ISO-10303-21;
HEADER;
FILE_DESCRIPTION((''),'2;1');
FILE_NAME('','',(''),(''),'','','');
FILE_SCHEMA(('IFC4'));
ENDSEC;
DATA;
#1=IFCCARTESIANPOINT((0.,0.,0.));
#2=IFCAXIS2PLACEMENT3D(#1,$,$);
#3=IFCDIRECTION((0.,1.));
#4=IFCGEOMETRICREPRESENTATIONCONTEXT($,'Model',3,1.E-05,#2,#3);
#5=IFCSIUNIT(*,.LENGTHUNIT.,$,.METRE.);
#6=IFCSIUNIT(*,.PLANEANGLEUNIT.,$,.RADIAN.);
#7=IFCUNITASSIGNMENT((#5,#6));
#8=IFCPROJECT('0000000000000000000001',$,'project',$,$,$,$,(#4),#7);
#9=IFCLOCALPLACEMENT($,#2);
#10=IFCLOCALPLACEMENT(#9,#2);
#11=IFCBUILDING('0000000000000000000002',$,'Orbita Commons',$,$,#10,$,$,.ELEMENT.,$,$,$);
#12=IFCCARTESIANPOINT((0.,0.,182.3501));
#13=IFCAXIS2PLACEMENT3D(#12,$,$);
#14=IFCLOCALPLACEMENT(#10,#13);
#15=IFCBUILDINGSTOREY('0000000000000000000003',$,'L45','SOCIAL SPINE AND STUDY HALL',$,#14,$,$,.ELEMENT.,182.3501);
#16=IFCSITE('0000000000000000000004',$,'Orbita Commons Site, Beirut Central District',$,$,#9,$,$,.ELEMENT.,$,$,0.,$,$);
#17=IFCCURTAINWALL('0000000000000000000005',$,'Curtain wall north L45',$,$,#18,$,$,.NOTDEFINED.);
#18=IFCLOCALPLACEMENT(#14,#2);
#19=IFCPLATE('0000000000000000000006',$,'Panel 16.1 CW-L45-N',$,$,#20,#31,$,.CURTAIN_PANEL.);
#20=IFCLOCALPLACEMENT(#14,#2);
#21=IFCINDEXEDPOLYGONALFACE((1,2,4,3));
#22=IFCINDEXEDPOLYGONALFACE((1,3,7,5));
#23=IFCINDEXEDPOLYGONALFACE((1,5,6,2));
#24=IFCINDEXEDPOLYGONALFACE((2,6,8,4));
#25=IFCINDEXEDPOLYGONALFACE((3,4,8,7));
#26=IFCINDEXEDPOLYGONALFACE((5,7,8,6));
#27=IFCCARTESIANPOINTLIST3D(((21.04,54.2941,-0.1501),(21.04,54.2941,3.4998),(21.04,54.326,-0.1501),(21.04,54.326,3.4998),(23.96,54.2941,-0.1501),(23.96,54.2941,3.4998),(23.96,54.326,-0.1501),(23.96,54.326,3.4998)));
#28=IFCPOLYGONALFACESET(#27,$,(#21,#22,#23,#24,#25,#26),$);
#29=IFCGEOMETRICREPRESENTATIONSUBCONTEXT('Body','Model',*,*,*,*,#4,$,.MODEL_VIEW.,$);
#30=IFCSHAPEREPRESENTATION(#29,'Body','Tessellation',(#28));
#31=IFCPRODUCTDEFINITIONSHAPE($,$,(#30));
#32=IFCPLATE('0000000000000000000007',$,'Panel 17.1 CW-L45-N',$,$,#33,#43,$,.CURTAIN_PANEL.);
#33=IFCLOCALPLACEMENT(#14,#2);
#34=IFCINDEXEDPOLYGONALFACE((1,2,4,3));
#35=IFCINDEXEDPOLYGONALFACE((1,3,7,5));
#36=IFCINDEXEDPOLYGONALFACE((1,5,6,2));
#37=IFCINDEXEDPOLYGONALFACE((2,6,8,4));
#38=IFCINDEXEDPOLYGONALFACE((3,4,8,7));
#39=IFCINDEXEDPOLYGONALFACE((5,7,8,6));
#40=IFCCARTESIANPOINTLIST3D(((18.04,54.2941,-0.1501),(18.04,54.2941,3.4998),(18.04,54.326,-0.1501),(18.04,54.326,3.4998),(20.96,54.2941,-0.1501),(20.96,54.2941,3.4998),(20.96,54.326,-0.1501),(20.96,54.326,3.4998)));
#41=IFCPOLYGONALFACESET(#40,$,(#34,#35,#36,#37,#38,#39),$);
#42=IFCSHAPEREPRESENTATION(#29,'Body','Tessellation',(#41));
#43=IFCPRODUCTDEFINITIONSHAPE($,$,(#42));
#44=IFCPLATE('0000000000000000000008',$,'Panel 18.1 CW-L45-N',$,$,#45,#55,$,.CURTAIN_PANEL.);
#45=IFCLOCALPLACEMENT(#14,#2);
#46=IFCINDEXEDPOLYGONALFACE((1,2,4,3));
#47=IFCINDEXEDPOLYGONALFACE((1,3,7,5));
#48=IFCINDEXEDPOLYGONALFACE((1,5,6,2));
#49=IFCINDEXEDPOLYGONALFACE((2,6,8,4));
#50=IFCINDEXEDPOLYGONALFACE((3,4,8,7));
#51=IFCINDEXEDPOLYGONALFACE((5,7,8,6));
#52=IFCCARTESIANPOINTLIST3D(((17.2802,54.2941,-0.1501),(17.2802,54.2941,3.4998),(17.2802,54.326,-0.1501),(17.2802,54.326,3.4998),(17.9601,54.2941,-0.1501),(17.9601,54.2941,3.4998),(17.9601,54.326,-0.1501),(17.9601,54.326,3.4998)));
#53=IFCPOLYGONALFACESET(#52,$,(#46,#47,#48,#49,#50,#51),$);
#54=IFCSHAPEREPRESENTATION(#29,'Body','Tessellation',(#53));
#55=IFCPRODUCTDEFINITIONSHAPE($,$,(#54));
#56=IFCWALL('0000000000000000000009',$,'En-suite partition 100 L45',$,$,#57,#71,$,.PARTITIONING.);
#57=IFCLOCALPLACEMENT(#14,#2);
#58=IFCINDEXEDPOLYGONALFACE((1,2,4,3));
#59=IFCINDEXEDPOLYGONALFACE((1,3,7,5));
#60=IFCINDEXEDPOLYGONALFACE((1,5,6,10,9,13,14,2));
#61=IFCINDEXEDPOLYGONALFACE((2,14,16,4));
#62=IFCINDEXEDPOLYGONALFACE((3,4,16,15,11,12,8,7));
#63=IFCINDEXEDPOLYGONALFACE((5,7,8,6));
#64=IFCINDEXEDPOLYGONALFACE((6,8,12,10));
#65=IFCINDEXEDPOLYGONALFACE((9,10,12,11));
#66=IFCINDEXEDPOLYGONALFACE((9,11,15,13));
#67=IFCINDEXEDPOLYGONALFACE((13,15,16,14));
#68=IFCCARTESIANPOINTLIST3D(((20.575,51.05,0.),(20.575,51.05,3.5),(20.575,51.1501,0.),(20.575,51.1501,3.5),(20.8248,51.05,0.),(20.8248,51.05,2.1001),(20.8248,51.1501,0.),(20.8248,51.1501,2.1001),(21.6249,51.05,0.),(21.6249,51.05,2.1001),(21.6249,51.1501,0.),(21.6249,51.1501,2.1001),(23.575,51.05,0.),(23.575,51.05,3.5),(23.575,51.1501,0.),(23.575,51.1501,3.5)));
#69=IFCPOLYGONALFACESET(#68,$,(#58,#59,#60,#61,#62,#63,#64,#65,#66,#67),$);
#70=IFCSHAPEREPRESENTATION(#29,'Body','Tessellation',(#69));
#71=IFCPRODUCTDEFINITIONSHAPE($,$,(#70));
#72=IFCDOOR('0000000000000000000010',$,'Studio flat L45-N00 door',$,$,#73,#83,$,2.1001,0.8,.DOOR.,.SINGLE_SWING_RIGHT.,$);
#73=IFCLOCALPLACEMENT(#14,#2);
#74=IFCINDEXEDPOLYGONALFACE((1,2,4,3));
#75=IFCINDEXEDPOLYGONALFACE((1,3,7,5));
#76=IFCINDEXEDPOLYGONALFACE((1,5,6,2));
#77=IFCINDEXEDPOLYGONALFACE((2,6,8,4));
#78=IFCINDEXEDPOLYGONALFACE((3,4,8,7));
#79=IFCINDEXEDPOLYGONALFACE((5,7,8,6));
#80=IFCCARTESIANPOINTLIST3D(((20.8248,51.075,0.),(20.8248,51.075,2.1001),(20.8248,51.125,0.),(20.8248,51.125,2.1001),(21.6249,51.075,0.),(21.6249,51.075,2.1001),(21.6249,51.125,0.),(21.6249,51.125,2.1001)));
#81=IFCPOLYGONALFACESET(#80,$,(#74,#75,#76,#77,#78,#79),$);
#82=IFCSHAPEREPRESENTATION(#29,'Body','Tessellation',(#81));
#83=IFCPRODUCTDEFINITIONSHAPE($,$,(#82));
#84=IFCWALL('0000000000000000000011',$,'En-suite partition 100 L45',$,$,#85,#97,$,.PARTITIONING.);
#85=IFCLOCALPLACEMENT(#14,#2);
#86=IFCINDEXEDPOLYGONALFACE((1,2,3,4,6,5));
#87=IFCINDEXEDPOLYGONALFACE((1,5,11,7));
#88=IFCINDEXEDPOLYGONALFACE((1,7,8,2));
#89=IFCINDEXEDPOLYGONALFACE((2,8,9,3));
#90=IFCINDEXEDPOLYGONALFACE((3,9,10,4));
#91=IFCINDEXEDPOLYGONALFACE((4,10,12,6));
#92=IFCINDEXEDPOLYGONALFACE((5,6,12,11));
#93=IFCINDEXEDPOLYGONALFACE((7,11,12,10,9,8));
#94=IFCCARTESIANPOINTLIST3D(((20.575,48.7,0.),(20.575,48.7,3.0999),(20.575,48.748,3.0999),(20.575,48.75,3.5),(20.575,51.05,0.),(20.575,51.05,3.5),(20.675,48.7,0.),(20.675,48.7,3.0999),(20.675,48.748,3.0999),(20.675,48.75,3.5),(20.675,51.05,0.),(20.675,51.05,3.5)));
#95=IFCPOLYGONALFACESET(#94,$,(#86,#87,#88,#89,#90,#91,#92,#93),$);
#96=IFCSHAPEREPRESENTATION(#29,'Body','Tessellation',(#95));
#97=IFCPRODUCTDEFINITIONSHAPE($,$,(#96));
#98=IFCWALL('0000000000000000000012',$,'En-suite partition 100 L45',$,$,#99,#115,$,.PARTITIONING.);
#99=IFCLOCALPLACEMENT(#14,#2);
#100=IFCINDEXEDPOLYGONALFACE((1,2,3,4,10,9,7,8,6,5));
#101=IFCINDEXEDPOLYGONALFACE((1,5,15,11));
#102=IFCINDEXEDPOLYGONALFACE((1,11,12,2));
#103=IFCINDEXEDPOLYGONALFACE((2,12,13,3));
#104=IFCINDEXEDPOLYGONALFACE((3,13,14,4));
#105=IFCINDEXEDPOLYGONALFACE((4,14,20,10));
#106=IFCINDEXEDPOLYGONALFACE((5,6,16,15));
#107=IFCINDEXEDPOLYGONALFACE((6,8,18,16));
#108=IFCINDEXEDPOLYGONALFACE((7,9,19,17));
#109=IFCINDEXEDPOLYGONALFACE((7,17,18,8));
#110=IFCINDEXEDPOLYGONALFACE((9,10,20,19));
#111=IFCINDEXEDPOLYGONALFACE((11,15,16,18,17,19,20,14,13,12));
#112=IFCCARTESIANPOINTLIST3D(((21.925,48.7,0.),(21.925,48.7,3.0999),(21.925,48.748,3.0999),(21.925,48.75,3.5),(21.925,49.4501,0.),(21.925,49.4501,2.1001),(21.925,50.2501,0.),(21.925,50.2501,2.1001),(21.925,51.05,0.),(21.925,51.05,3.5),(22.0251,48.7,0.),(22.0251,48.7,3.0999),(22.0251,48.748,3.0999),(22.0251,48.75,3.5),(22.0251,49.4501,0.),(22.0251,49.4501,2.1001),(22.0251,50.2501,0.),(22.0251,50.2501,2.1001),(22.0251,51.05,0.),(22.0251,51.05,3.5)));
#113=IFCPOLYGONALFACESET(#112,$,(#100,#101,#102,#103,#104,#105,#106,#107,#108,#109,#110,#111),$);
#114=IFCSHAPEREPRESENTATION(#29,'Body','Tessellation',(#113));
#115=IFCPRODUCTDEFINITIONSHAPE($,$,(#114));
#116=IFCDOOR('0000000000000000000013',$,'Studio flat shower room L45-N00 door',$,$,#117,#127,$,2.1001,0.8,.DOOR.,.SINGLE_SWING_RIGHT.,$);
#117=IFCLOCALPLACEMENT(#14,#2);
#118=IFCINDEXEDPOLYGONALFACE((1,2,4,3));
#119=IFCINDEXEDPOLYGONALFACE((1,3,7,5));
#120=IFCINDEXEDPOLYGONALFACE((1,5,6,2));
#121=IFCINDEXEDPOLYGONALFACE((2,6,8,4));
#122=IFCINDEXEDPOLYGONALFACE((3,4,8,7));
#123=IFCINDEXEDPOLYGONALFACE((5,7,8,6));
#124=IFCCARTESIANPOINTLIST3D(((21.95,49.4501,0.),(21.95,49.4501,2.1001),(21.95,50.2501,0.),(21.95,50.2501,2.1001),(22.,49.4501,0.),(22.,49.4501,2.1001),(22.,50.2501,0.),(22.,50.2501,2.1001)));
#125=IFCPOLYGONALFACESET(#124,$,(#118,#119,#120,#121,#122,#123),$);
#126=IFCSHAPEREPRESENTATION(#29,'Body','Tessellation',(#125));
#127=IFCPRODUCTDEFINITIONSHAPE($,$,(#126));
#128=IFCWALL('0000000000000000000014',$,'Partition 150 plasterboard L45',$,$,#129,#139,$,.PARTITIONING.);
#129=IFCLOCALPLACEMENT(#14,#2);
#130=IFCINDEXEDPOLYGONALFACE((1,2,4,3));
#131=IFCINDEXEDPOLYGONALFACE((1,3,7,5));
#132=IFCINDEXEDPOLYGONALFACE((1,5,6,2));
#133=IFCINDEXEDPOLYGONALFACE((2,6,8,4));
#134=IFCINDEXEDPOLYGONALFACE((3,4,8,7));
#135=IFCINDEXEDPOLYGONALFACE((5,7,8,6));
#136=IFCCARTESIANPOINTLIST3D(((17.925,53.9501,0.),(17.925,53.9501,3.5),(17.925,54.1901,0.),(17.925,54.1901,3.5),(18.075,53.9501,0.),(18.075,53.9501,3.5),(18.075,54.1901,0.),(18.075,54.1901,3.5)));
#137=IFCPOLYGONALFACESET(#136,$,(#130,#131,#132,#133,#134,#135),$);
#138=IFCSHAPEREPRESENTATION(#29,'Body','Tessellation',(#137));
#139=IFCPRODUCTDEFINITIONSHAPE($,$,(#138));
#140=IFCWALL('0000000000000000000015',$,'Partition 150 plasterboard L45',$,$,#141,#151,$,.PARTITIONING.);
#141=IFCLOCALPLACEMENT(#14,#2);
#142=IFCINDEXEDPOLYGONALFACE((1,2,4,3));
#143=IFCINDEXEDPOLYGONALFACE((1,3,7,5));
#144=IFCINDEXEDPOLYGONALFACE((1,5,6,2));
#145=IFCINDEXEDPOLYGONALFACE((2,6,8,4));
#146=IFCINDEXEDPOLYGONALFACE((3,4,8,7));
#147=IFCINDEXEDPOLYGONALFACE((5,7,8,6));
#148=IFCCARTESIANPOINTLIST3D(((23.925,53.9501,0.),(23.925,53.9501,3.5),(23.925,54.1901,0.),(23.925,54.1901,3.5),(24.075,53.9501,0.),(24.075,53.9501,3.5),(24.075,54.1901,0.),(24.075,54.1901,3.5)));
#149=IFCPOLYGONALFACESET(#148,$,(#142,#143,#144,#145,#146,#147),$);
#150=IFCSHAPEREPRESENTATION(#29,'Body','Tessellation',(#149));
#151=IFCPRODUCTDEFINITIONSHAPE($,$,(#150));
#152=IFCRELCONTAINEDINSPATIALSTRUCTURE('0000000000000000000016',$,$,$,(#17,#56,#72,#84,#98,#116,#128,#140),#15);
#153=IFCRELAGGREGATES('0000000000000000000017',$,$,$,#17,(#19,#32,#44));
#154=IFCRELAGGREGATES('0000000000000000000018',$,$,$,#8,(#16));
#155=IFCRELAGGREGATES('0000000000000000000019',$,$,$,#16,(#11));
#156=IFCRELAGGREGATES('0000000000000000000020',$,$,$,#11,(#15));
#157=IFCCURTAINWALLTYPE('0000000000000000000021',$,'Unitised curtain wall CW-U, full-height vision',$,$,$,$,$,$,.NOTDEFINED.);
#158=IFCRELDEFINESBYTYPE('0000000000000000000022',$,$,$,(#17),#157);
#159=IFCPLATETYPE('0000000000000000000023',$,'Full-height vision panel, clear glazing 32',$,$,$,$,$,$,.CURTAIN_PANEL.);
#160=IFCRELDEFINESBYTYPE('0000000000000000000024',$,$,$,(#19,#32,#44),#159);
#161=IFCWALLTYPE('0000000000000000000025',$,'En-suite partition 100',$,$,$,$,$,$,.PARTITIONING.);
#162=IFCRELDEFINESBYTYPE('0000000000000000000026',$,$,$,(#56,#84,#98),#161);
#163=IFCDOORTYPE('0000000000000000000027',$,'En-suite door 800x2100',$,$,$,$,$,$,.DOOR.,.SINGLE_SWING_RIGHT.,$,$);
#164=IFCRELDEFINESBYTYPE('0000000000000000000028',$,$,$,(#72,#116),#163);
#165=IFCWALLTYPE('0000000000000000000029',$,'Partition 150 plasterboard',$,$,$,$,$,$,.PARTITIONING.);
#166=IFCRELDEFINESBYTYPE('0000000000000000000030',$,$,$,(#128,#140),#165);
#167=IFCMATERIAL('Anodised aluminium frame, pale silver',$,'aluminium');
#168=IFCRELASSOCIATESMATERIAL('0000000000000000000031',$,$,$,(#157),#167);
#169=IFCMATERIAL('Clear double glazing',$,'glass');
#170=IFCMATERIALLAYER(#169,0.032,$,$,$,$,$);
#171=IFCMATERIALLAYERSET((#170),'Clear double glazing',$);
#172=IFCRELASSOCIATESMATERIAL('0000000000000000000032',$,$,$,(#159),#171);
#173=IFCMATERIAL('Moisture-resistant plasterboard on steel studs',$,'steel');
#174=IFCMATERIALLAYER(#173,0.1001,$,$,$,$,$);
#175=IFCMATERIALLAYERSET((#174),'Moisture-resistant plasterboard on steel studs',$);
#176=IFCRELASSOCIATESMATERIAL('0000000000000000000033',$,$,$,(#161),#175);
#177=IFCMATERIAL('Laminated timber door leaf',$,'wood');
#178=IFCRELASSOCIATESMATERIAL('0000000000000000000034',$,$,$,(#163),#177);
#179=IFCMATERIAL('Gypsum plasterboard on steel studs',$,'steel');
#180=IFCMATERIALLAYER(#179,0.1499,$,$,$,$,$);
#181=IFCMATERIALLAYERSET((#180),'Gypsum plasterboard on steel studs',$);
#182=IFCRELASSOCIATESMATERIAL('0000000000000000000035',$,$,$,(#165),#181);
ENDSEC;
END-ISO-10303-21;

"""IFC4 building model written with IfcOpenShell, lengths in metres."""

from ifc_helpers import new_model, si_unit, direction, frame, frame_2d, origin, origin_2d, place, context, subcontext, project, spatial, polyline, rectangle, outline, extrude, material, layer, layer_set, type_object, element, fill, aggregate, save


model = new_model("IFC4")

# Units and contexts
model_context = context("Model", 3, precision=1e-05, world=origin(), true_north=direction((0.0, 1.0)))
body_context = subcontext(model_context, "Body", "Model", "MODEL_VIEW")
ifc_project = project(units=[si_unit("LENGTHUNIT", "METRE"), si_unit("PLANEANGLEUNIT", "RADIAN")], contexts=[model_context])

# Site, building, storey
site_placement = place(None, origin())
site = spatial("IfcSite", under=ifc_project, at=site_placement, Name="Orbita Commons Site, Beirut Central District", CompositionType="ELEMENT", RefElevation=0.0)
building_placement = place(site_placement, origin())
building = spatial("IfcBuilding", under=site, at=building_placement, Name="Orbita Commons", CompositionType="ELEMENT")
storey_placement = place(building_placement, frame((0.0, 0.0, 182.3501)))
storey = spatial("IfcBuildingStorey", under=building, at=storey_placement, Name="L45", Description="SOCIAL SPINE AND STUDY HALL", CompositionType="ELEMENT", Elevation=182.3501)

# Curtain wall
ifc_material_1 = material(Name="Anodised aluminium frame, pale silver", Category="aluminium")
curtain_wall_type = type_object("IfcCurtainWallType", Name="Unitised curtain wall CW-U, full-height vision", PredefinedType="NOTDEFINED", material=ifc_material_1)
curtain_wall_placement = place(storey_placement, origin())
curtain_wall = element("IfcCurtainWall", 1, at=curtain_wall_placement, inside=storey, type_object=curtain_wall_type, Name="Curtain wall north L45", PredefinedType="NOTDEFINED")

# Plates
ifc_material_2 = material(Name="Clear double glazing", Category="glass")
ifc_layer_1 = layer(ifc_material_2, 0.032)
ifc_layer_set_1 = layer_set([ifc_layer_1], Name="Clear double glazing")
plate_type = type_object("IfcPlateType", Name="Full-height vision panel, clear glazing 32", PredefinedType="CURTAIN_PANEL", material=ifc_layer_set_1)
plate_1_placement = place(storey_placement, frame((22.5, 54.3101, -0.1501), z_axis=(0.0, 0.0, 1.0), x_axis=(-1.0, 0.0, 0.0)))
plate_1 = element("IfcPlate", 2, at=plate_1_placement, type_object=plate_type, Name="Panel 16.1 CW-L45-N", PredefinedType="CURTAIN_PANEL", context=body_context, shape_type="SweptSolid", body=[
    extrude(rectangle(XDim=2.9199, YDim=0.032, at=origin_2d()), origin(), (0.0, 0.0, 1.0), 3.6499),
])
plate_2_placement = place(storey_placement, frame((19.5, 54.3101, -0.1501), z_axis=(0.0, 0.0, 1.0), x_axis=(-1.0, 0.0, 0.0)))
plate_2 = element("IfcPlate", 3, at=plate_2_placement, type_object=plate_type, Name="Panel 17.1 CW-L45-N", PredefinedType="CURTAIN_PANEL", context=body_context, shape_type="SweptSolid", body=[
    extrude(rectangle(XDim=2.9199, YDim=0.032, at=origin_2d()), origin(), (0.0, 0.0, 1.0), 3.6499),
])
plate_3_placement = place(storey_placement, frame((17.6201, 54.3101, -0.1501), z_axis=(0.0, 0.0, 1.0), x_axis=(-1.0, 0.0, 0.0)))
plate_3 = element("IfcPlate", 4, at=plate_3_placement, type_object=plate_type, Name="Panel 18.1 CW-L45-N", PredefinedType="CURTAIN_PANEL", context=body_context, shape_type="SweptSolid", body=[
    extrude(rectangle(XDim=0.6799, YDim=0.032, at=origin_2d()), origin(), (0.0, 0.0, 1.0), 3.6499),
])
aggregate(curtain_wall, [plate_1, plate_2, plate_3])

# Wall, opening, door
ifc_material_3 = material(Name="Moisture-resistant plasterboard on steel studs", Category="steel")
ifc_layer_2 = layer(ifc_material_3, 0.1001)
ifc_layer_set_2 = layer_set([ifc_layer_2], Name="Moisture-resistant plasterboard on steel studs")
wall_type_1 = type_object("IfcWallType", Name="En-suite partition 100", PredefinedType="PARTITIONING", material=ifc_layer_set_2)
wall_1_placement = place(storey_placement, frame((20.575, 51.1001, 0.0), z_axis=(0.0, 0.0, 1.0), x_axis=(1.0, 0.0, 0.0)))
wall_1 = element("IfcWall", 5, at=wall_1_placement, inside=storey, type_object=wall_type_1, Name="En-suite partition 100 L45", PredefinedType="PARTITIONING", context=body_context, shape_type="SweptSolid", body=[
    extrude(rectangle(XDim=3.0, YDim=0.1001, at=frame_2d((1.5, 0.0))), origin(), (0.0, 0.0, 1.0), 3.5),
])
opening_1_placement = place(wall_1_placement, frame((0.25, 0.0, 0.0)))
opening_1 = element("IfcOpeningElement", 6, at=opening_1_placement, cuts=wall_1, PredefinedType="OPENING", context=body_context, shape_type="SweptSolid", body=[
    extrude(rectangle(XDim=0.8, YDim=2.1001, at=frame_2d((0.3999, 1.05))), frame((0.0, 0.0601, 0.0), z_axis=(0.0, -1.0, 0.0), x_axis=(1.0, 0.0, 0.0)), (0.0, 0.0, 1.0), 0.1201),
])
ifc_material_4 = material(Name="Laminated timber door leaf", Category="wood")
door_type = type_object("IfcDoorType", Name="En-suite door 800x2100", OperationType="SINGLE_SWING_RIGHT", PredefinedType="DOOR", material=ifc_material_4)
door_1_placement = place(opening_1_placement, origin())
door_1 = element("IfcDoor", 7, at=door_1_placement, inside=storey, type_object=door_type, Name="Studio flat L45-N00 door", OperationType="SINGLE_SWING_RIGHT", OverallHeight=2.1001, OverallWidth=0.8, PredefinedType="DOOR", context=body_context, shape_type="SweptSolid", body=[
    extrude(rectangle(XDim=0.8, YDim=2.1001, at=frame_2d((0.3999, 1.05))), frame((0.0, 0.0249, 0.0), z_axis=(0.0, -1.0, 0.0), x_axis=(1.0, 0.0, 0.0)), (0.0, 0.0, 1.0), 0.05),
])
fill(opening_1, door_1)

# Wall
wall_2_placement = place(storey_placement, frame((20.625, 51.05, 0.0), z_axis=(0.0, 0.0, 1.0), x_axis=(0.0, -1.0, 0.0)))
element("IfcWall", 8, at=wall_2_placement, inside=storey, type_object=wall_type_1, Name="En-suite partition 100 L45", PredefinedType="PARTITIONING", context=body_context, shape_type="SweptSolid", body=[
    extrude(outline(polyline([(0.0, 0.0), (2.3501, 0.0), (2.3501, 3.0999), (2.302, 3.0999), (2.3, 3.5), (0.0, 3.5), (0.0, 0.0)])), frame((0.0, 0.05, 0.0), z_axis=(0.0, -1.0, 0.0), x_axis=(1.0, 0.0, 0.0)), (0.0, 0.0, 1.0), 0.1001),
])

# Wall, opening, door
wall_3_placement = place(storey_placement, frame((21.9751, 51.05, 0.0), z_axis=(0.0, 0.0, 1.0), x_axis=(0.0, -1.0, 0.0)))
wall_3 = element("IfcWall", 9, at=wall_3_placement, inside=storey, type_object=wall_type_1, Name="En-suite partition 100 L45", PredefinedType="PARTITIONING", context=body_context, shape_type="SweptSolid", body=[
    extrude(outline(polyline([(0.0, 0.0), (2.3501, 0.0), (2.3501, 3.0999), (2.302, 3.0999), (2.3, 3.5), (0.0, 3.5), (0.0, 0.0)])), frame((0.0, 0.05, 0.0), z_axis=(0.0, -1.0, 0.0), x_axis=(1.0, 0.0, 0.0)), (0.0, 0.0, 1.0), 0.1001),
])
opening_2_placement = place(wall_3_placement, frame((0.8, 0.0, 0.0)))
opening_2 = element("IfcOpeningElement", 10, at=opening_2_placement, cuts=wall_3, PredefinedType="OPENING", context=body_context, shape_type="SweptSolid", body=[
    extrude(rectangle(XDim=0.8, YDim=2.1001, at=frame_2d((0.3999, 1.05))), frame((0.0, 0.0601, 0.0), z_axis=(0.0, -1.0, 0.0), x_axis=(1.0, 0.0, 0.0)), (0.0, 0.0, 1.0), 0.1201),
])
door_2_placement = place(opening_2_placement, origin())
door_2 = element("IfcDoor", 11, at=door_2_placement, inside=storey, type_object=door_type, Name="Studio flat shower room L45-N00 door", OperationType="SINGLE_SWING_RIGHT", OverallHeight=2.1001, OverallWidth=0.8, PredefinedType="DOOR", context=body_context, shape_type="SweptSolid", body=[
    extrude(rectangle(XDim=0.8, YDim=2.1001, at=frame_2d((0.3999, 1.05))), frame((0.0, 0.0249, 0.0), z_axis=(0.0, -1.0, 0.0), x_axis=(1.0, 0.0, 0.0)), (0.0, 0.0, 1.0), 0.05),
])
fill(opening_2, door_2)

# Walls
ifc_material_5 = material(Name="Gypsum plasterboard on steel studs", Category="steel")
ifc_layer_3 = layer(ifc_material_5, 0.1499)
ifc_layer_set_3 = layer_set([ifc_layer_3], Name="Gypsum plasterboard on steel studs")
wall_type_2 = type_object("IfcWallType", Name="Partition 150 plasterboard", PredefinedType="PARTITIONING", material=ifc_layer_set_3)
for number, where, z_axis, x_axis, name in (
    (12, (18.0, 53.95, 0.0), (0.0, 0.0, 1.0), (0.0, 1.0, 0.0), "Partition 150 plasterboard L45"),
    (13, (24.0, 53.95, 0.0), (0.0, 0.0, 1.0), (0.0, 1.0, 0.0), "Partition 150 plasterboard L45"),
):
    element("IfcWall", number, at=place(storey_placement, frame(where, z_axis=z_axis, x_axis=x_axis)), inside=storey, type_object=wall_type_2, Name=name, PredefinedType="PARTITIONING", context=body_context, shape_type="SweptSolid", body=[
        extrude(rectangle(XDim=0.24, YDim=0.1499, at=frame_2d((0.1201, 0.0))), origin(), (0.0, 0.0, 1.0), 3.5),
    ])

save(model, "model.ifc")
